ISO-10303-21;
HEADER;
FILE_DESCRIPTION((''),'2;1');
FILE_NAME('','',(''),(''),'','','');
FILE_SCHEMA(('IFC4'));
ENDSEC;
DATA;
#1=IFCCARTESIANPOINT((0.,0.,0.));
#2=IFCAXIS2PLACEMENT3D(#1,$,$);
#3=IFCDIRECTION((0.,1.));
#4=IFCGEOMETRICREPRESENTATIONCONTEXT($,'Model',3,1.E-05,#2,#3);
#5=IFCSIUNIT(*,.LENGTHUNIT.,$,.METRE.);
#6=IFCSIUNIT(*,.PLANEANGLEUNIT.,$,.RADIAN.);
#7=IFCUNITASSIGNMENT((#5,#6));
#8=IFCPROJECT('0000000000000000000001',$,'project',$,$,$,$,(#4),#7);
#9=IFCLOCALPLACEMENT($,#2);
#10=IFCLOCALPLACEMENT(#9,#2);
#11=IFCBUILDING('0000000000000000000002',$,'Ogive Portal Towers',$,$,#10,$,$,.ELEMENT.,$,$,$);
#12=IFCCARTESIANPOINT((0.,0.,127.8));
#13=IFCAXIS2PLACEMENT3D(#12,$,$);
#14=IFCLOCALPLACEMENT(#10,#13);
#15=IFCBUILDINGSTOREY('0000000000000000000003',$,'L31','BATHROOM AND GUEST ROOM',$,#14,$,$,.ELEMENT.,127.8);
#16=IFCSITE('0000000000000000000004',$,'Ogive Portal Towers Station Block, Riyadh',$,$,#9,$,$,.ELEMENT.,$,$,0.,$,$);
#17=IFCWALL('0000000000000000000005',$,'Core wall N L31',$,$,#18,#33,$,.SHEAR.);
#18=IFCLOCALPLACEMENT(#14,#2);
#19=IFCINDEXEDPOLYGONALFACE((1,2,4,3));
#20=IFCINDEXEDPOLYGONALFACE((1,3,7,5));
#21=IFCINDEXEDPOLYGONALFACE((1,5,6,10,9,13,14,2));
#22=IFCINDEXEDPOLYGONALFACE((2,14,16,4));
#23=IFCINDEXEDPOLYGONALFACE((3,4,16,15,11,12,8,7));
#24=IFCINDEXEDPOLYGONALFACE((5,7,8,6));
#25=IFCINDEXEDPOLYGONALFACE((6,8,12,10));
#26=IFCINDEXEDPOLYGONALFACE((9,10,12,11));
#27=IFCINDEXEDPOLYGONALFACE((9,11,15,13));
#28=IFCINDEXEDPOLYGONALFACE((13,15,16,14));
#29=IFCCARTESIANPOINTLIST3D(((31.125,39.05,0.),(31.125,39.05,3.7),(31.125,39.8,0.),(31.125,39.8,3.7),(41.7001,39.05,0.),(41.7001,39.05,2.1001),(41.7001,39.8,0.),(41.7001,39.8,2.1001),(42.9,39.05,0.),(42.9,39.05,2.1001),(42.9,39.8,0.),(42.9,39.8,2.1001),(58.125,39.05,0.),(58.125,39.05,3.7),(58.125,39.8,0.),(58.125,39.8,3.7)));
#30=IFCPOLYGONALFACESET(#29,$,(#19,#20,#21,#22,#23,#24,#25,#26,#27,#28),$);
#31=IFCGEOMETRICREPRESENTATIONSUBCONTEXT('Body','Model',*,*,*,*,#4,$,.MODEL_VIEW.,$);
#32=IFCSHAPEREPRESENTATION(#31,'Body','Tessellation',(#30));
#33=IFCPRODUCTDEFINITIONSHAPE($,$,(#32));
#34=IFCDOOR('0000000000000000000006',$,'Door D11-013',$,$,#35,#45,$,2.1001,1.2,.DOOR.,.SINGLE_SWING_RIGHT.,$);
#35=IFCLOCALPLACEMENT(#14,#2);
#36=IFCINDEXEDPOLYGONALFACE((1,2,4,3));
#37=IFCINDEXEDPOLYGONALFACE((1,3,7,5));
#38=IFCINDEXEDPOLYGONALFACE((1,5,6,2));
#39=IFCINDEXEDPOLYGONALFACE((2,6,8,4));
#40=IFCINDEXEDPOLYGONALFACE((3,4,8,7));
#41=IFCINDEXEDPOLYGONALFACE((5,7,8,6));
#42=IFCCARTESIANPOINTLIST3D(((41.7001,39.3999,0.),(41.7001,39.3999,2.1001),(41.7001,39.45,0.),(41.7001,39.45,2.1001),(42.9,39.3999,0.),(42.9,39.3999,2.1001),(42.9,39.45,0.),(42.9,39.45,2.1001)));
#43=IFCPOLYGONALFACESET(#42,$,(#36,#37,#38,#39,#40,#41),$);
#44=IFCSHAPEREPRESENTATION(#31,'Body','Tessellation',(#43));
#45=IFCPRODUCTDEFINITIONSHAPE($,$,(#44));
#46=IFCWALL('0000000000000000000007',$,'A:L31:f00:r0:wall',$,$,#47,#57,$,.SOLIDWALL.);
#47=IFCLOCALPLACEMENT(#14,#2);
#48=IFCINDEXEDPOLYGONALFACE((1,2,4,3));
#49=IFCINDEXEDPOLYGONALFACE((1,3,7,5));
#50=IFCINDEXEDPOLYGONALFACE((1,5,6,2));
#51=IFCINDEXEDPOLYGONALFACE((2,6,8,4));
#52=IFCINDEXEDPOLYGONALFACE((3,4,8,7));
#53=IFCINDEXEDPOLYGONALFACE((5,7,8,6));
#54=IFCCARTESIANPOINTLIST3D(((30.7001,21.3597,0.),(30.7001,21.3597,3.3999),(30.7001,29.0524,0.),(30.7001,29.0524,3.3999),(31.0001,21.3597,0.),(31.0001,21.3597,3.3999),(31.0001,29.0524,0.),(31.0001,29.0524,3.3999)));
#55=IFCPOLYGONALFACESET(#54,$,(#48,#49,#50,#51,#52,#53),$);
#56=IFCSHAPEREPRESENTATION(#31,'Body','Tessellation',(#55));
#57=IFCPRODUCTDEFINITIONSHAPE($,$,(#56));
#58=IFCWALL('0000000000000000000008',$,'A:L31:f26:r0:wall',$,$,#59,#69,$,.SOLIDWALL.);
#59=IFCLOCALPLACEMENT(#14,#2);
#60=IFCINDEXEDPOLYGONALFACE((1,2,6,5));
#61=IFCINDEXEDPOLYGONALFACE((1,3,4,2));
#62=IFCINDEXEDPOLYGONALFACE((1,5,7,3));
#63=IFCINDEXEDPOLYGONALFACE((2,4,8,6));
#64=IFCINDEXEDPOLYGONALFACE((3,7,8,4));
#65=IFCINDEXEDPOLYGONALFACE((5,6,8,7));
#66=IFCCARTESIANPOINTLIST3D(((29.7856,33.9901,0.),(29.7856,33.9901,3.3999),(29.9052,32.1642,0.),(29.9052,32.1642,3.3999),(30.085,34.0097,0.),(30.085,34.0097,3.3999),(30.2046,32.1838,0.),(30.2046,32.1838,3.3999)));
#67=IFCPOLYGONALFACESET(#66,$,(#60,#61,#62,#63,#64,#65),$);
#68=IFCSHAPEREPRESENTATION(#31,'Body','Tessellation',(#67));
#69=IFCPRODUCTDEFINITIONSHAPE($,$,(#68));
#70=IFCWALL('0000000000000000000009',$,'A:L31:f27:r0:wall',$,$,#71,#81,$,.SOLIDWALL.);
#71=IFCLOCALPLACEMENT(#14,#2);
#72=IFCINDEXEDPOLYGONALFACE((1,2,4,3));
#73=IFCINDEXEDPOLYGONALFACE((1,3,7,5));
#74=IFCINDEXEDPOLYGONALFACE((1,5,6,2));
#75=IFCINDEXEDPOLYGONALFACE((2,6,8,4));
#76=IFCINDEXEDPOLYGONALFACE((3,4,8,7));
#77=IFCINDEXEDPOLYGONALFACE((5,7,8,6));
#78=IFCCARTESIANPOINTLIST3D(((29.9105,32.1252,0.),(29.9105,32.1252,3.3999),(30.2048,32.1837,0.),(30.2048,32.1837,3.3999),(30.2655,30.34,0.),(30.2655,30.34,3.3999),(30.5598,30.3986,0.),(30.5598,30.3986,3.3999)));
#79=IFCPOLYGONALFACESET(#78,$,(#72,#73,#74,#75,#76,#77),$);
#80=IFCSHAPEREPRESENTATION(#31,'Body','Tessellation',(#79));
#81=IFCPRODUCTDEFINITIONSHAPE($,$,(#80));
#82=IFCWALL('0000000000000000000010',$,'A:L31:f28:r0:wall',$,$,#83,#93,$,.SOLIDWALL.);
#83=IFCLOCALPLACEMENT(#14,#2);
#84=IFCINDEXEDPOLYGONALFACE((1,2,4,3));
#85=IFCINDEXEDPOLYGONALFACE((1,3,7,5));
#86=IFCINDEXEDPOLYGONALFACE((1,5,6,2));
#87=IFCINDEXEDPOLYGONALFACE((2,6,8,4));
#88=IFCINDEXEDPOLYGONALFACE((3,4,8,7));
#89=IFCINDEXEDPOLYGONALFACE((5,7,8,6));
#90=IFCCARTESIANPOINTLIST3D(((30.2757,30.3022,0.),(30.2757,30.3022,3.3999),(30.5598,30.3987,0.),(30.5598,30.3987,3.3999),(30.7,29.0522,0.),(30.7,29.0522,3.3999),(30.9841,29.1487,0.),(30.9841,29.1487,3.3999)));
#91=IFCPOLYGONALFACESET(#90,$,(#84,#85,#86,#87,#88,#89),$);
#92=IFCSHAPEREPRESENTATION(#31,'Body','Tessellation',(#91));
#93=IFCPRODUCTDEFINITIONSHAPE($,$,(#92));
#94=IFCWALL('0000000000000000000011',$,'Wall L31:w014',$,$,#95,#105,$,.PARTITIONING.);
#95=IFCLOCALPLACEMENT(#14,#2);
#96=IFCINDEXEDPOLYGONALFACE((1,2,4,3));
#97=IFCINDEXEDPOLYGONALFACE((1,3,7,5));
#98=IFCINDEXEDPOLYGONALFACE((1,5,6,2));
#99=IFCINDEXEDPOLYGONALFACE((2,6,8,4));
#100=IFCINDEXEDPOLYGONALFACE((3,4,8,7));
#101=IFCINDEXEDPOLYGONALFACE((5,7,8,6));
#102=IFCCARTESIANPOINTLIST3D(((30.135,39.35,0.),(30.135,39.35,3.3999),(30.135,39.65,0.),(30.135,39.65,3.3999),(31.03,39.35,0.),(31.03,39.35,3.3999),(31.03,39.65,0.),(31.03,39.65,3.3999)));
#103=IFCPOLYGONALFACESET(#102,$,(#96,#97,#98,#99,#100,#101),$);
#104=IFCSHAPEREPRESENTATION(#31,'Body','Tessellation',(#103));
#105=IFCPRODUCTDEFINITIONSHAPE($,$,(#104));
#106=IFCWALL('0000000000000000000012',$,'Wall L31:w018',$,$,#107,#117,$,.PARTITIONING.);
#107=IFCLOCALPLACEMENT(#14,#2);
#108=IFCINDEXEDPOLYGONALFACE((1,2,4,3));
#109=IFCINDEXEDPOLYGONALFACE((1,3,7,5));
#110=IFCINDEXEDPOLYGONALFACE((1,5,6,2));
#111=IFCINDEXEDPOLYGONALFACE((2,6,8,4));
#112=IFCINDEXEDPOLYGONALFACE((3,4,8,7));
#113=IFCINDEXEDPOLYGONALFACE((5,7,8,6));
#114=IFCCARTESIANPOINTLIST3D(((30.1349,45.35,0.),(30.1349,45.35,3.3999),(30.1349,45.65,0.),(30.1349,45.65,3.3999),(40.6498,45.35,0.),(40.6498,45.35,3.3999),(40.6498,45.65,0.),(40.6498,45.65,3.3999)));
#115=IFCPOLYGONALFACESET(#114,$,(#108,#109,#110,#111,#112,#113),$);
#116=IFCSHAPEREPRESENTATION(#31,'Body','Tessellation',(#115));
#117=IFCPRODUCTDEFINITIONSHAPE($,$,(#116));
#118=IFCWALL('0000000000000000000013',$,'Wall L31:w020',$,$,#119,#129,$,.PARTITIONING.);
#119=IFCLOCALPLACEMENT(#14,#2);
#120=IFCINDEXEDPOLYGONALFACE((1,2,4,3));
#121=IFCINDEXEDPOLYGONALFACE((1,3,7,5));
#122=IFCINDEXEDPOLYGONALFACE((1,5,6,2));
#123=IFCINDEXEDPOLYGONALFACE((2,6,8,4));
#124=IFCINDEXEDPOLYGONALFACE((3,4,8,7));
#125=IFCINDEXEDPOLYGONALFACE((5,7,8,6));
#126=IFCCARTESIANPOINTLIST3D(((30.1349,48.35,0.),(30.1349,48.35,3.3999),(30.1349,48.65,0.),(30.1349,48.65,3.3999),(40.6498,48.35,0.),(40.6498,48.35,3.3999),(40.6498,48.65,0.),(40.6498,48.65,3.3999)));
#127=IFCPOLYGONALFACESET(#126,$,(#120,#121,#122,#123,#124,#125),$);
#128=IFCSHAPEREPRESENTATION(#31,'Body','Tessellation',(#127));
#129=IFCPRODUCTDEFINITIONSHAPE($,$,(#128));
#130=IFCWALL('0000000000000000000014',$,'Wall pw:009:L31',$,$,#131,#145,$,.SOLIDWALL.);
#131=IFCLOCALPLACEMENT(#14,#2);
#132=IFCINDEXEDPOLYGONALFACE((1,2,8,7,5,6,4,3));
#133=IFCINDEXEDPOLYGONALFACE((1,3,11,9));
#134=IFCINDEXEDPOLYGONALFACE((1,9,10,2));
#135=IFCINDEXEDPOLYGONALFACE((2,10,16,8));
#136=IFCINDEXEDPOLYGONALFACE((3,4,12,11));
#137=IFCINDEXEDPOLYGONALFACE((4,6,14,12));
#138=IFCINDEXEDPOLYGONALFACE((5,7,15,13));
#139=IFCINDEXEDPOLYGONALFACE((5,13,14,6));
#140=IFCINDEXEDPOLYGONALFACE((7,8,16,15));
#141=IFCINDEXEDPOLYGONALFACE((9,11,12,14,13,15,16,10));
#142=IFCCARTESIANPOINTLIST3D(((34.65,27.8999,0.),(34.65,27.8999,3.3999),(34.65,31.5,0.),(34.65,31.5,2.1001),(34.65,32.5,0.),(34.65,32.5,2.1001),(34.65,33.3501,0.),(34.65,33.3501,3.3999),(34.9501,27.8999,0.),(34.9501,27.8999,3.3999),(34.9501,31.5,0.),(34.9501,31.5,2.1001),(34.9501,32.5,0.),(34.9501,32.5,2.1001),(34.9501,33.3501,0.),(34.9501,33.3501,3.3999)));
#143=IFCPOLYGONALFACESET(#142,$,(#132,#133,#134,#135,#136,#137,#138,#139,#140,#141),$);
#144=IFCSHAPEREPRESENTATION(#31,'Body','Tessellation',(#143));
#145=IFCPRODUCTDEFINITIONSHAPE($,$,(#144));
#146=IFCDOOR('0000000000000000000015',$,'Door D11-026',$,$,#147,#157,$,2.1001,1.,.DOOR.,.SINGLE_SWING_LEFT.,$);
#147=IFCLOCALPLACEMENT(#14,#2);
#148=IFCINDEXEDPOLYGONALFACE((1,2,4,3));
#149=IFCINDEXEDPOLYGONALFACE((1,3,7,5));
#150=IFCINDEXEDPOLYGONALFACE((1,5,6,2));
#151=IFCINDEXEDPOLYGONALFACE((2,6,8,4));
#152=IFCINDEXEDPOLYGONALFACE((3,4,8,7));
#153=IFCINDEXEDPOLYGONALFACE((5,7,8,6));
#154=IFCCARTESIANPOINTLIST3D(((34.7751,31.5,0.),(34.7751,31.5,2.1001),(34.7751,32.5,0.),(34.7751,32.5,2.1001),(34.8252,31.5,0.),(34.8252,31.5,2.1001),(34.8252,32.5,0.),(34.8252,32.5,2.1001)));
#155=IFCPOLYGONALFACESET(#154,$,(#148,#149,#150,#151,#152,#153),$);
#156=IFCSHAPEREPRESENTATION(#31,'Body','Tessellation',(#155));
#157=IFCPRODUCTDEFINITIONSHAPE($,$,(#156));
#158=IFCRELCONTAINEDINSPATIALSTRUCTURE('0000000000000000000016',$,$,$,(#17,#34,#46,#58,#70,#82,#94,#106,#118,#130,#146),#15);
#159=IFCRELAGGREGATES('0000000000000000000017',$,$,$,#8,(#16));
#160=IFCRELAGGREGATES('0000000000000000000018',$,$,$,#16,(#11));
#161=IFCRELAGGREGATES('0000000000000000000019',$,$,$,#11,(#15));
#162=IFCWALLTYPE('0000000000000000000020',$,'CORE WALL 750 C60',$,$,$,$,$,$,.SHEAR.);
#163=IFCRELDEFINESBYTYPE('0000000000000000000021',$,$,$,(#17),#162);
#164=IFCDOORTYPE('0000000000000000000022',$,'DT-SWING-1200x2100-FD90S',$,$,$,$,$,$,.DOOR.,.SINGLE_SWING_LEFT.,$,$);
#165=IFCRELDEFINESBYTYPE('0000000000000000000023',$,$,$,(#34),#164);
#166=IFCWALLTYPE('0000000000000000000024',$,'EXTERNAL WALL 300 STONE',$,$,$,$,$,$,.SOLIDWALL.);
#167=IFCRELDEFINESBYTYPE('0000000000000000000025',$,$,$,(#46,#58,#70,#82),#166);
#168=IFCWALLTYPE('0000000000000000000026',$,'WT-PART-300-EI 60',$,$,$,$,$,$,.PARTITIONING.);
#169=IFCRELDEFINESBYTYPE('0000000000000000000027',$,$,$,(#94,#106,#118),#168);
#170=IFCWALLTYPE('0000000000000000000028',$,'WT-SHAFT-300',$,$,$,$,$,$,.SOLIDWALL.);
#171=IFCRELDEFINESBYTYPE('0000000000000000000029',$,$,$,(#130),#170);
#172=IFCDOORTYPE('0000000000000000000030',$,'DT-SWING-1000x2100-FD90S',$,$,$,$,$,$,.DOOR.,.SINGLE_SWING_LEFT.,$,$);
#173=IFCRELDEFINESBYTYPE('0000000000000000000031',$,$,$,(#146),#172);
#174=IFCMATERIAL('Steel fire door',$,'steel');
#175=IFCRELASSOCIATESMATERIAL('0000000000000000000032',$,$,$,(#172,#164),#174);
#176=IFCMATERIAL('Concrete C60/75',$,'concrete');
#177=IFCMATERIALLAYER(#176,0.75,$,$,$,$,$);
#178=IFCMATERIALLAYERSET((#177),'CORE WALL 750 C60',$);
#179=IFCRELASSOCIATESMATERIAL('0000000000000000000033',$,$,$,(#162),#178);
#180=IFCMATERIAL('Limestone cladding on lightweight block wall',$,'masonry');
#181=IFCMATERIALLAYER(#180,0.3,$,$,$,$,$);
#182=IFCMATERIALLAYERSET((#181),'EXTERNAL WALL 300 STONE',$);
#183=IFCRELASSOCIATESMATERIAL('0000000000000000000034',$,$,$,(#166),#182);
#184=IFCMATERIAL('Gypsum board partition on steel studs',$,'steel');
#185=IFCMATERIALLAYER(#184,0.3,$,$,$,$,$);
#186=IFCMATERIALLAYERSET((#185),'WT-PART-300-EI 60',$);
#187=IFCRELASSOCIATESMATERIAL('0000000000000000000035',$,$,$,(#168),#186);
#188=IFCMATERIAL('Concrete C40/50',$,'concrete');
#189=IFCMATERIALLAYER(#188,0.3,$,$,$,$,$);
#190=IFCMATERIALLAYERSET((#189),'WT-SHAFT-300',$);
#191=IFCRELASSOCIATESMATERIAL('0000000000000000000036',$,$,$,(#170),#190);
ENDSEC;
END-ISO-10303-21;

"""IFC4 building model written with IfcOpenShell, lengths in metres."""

from ifc_helpers import new_model, si_unit, direction, frame, frame_2d, origin, place, context, subcontext, project, spatial, rectangle, extrude, material, layer, layer_set, type_object, element, fill, save


model = new_model("IFC4")

# Units and contexts
model_context = context("Model", 3, precision=1e-05, world=origin(), true_north=direction((0.0, 1.0)))
body_context = subcontext(model_context, "Body", "Model", "MODEL_VIEW")
ifc_project = project(units=[si_unit("LENGTHUNIT", "METRE"), si_unit("PLANEANGLEUNIT", "RADIAN")], contexts=[model_context])

# Site, building, storey
site_placement = place(None, origin())
site = spatial("IfcSite", under=ifc_project, at=site_placement, Name="Ogive Portal Towers Station Block, Riyadh", CompositionType="ELEMENT", RefElevation=0.0)
building_placement = place(site_placement, origin())
building = spatial("IfcBuilding", under=site, at=building_placement, Name="Ogive Portal Towers", CompositionType="ELEMENT")
storey_placement = place(building_placement, frame((0.0, 0.0, 127.8)))
storey = spatial("IfcBuildingStorey", under=building, at=storey_placement, Name="L31", Description="BATHROOM AND GUEST ROOM", CompositionType="ELEMENT", Elevation=127.8)

# Shared definitions
ifc_material_1 = material(Name="Concrete C40/50", Category="concrete")

# Shared definitions
ifc_material_2 = material(Name="Concrete C60/75", Category="concrete")
ifc_material_3 = material(Name="Steel fire door", Category="steel")
door_type_1 = type_object("IfcDoorType", Name="DT-SWING-1000x2100-FD90S", OperationType="SINGLE_SWING_LEFT", PredefinedType="DOOR", material=ifc_material_3)
door_type_2 = type_object("IfcDoorType", Name="DT-SWING-1200x2100-FD90S", OperationType="SINGLE_SWING_LEFT", PredefinedType="DOOR", material=ifc_material_3)

# Wall, opening, door
ifc_layer_1 = layer(ifc_material_2, 0.75)
ifc_layer_set_1 = layer_set([ifc_layer_1], Name="CORE WALL 750 C60")
wall_type_1 = type_object("IfcWallType", Name="CORE WALL 750 C60", PredefinedType="SHEAR", material=ifc_layer_set_1)
wall_1_placement = place(storey_placement, frame((31.125, 39.425, 0.0), z_axis=(0.0, 0.0, 1.0), x_axis=(1.0, 0.0, 0.0)))
wall_1 = element("IfcWall", 1, at=wall_1_placement, inside=storey, type_object=wall_type_1, Name="Core wall N L31", PredefinedType="SHEAR", context=body_context, shape_type="SweptSolid", body=[
    extrude(rectangle(XDim=27.0, YDim=0.75, at=frame_2d((13.5, 0.0))), origin(), (0.0, 0.0, 1.0), 3.7),
])
opening_1_placement = place(wall_1_placement, frame((10.575, 0.0, 0.0)))
opening_1 = element("IfcOpeningElement", 2, at=opening_1_placement, cuts=wall_1, PredefinedType="OPENING", context=body_context, shape_type="SweptSolid", body=[
    extrude(rectangle(XDim=1.2, YDim=2.1001, at=frame_2d((0.6001, 1.05))), frame((0.0, 0.385, 0.0), z_axis=(0.0, -1.0, 0.0), x_axis=(1.0, 0.0, 0.0)), (0.0, 0.0, 1.0), 0.77),
])
door_1_placement = place(opening_1_placement, origin())
door_1 = element("IfcDoor", 3, at=door_1_placement, inside=storey, type_object=door_type_2, Name="Door D11-013", OperationType="SINGLE_SWING_RIGHT", OverallHeight=2.1001, OverallWidth=1.2, PredefinedType="DOOR", context=body_context, shape_type="SweptSolid", body=[
    extrude(rectangle(XDim=1.2, YDim=2.1001, at=frame_2d((0.6001, 1.05))), frame((0.0, 0.0249, 0.0), z_axis=(0.0, -1.0, 0.0), x_axis=(1.0, 0.0, 0.0)), (0.0, 0.0, 1.0), 0.05),
])
fill(opening_1, door_1)

# Walls
ifc_material_4 = material(Name="Limestone cladding on lightweight block wall", Category="masonry")
ifc_layer_2 = layer(ifc_material_4, 0.3)
ifc_layer_set_2 = layer_set([ifc_layer_2], Name="EXTERNAL WALL 300 STONE")
wall_type_2 = type_object("IfcWallType", Name="EXTERNAL WALL 300 STONE", PredefinedType="SOLIDWALL", material=ifc_layer_set_2)
wall_2_placement = place(storey_placement, frame((30.8501, 29.0522, 0.0), z_axis=(0.0, 0.0, 1.0), x_axis=(0.0, -1.0, 0.0)))
element("IfcWall", 4, at=wall_2_placement, inside=storey, type_object=wall_type_2, Name="A:L31:f00:r0:wall", PredefinedType="SOLIDWALL", context=body_context, shape_type="SweptSolid", body=[
    extrude(rectangle(XDim=7.6926, YDim=0.3, at=frame_2d((3.8462, 0.0))), origin(), (0.0, 0.0, 1.0), 3.3999),
])
wall_3_placement = place(storey_placement, frame((29.9353, 34.0, 0.0), z_axis=(0.0, 0.0, 1.0), x_axis=(0.065377, -0.997861, 0.0)))
element("IfcWall", 5, at=wall_3_placement, inside=storey, type_object=wall_type_2, Name="A:L31:f26:r0:wall", PredefinedType="SOLIDWALL", context=body_context, shape_type="SweptSolid", body=[
    extrude(rectangle(XDim=1.8298, YDim=0.3, at=frame_2d((0.915, 0.0))), origin(), (0.0, 0.0, 1.0), 3.3999),
])
wall_4_placement = place(storey_placement, frame((30.0576, 32.1545, 0.0), z_axis=(0.0, 0.0, 1.0), x_axis=(0.195033, -0.980797, 0.0)))
element("IfcWall", 6, at=wall_4_placement, inside=storey, type_object=wall_type_2, Name="A:L31:f27:r0:wall", PredefinedType="SOLIDWALL", context=body_context, shape_type="SweptSolid", body=[
    extrude(rectangle(XDim=1.8201, YDim=0.3, at=frame_2d((0.9102, 0.0))), origin(), (0.0, 0.0, 1.0), 3.3999),
])
wall_5_placement = place(storey_placement, frame((30.4177, 30.3506, 0.0), z_axis=(0.0, 0.0, 1.0), x_axis=(0.321439, -0.94693, 0.0)))
element("IfcWall", 7, at=wall_5_placement, inside=storey, type_object=wall_type_2, Name="A:L31:f28:r0:wall", PredefinedType="SOLIDWALL", context=body_context, shape_type="SweptSolid", body=[
    extrude(rectangle(XDim=1.3201, YDim=0.3, at=frame_2d((0.6602, 0.0))), origin(), (0.0, 0.0, 1.0), 3.3999),
])
ifc_material_5 = material(Name="Gypsum board partition on steel studs", Category="steel")
ifc_layer_3 = layer(ifc_material_5, 0.3)
ifc_layer_set_3 = layer_set([ifc_layer_3], Name="WT-PART-300-EI 60")
wall_type_3 = type_object("IfcWallType", Name="WT-PART-300-EI 60", PredefinedType="PARTITIONING", material=ifc_layer_set_3)
wall_6_placement = place(storey_placement, frame((30.135, 39.5, 0.0), z_axis=(0.0, 0.0, 1.0), x_axis=(1.0, 0.0, 0.0)))
element("IfcWall", 8, at=wall_6_placement, inside=storey, type_object=wall_type_3, Name="Wall L31:w014", PredefinedType="PARTITIONING", context=body_context, shape_type="SweptSolid", body=[
    extrude(rectangle(XDim=0.895, YDim=0.3, at=frame_2d((0.4475, 0.0))), origin(), (0.0, 0.0, 1.0), 3.3999),
])
for number, where, z_axis, x_axis, name in (
    (9, (30.135, 45.5, 0.0), (0.0, 0.0, 1.0), (1.0, 0.0, 0.0), "Wall L31:w018"),
    (10, (30.135, 48.5, 0.0), (0.0, 0.0, 1.0), (1.0, 0.0, 0.0), "Wall L31:w020"),
):
    element("IfcWall", number, at=place(storey_placement, frame(where, z_axis=z_axis, x_axis=x_axis)), inside=storey, type_object=wall_type_3, Name=name, PredefinedType="PARTITIONING", context=body_context, shape_type="SweptSolid", body=[
        extrude(rectangle(XDim=10.5149, YDim=0.3, at=frame_2d((5.2573, 0.0))), origin(), (0.0, 0.0, 1.0), 3.3999),
    ])

# Wall, opening, door
ifc_layer_4 = layer(ifc_material_1, 0.3)
ifc_layer_set_4 = layer_set([ifc_layer_4], Name="WT-SHAFT-300")
wall_type_4 = type_object("IfcWallType", Name="WT-SHAFT-300", PredefinedType="SOLIDWALL", material=ifc_layer_set_4)
wall_7_placement = place(storey_placement, frame((34.8, 27.8999, 0.0), z_axis=(0.0, 0.0, 1.0), x_axis=(0.0, 1.0, 0.0)))
wall_7 = element("IfcWall", 11, at=wall_7_placement, inside=storey, type_object=wall_type_4, Name="Wall pw:009:L31", PredefinedType="SOLIDWALL", context=body_context, shape_type="SweptSolid", body=[
    extrude(rectangle(XDim=5.4502, YDim=0.3, at=frame_2d((2.7251, 0.0))), origin(), (0.0, 0.0, 1.0), 3.3999),
])
opening_2_placement = place(wall_7_placement, frame((3.6001, 0.0, 0.0)))
opening_2 = element("IfcOpeningElement", 12, at=opening_2_placement, cuts=wall_7, PredefinedType="OPENING", context=body_context, shape_type="SweptSolid", body=[
    extrude(rectangle(XDim=1.0, YDim=2.1001, at=frame_2d((0.5, 1.05))), frame((0.0, 0.1602, 0.0), z_axis=(0.0, -1.0, 0.0), x_axis=(1.0, 0.0, 0.0)), (0.0, 0.0, 1.0), 0.3201),
])
door_2_placement = place(opening_2_placement, origin())
door_2 = element("IfcDoor", 13, at=door_2_placement, inside=storey, type_object=door_type_1, Name="Door D11-026", OperationType="SINGLE_SWING_LEFT", OverallHeight=2.1001, OverallWidth=1.0, PredefinedType="DOOR", context=body_context, shape_type="SweptSolid", body=[
    extrude(rectangle(XDim=1.0, YDim=2.1001, at=frame_2d((0.5, 1.05))), frame((0.0, 0.0249, 0.0), z_axis=(0.0, -1.0, 0.0), x_axis=(1.0, 0.0, 0.0)), (0.0, 0.0, 1.0), 0.05),
])
fill(opening_2, door_2)

save(model, "model.ifc")
